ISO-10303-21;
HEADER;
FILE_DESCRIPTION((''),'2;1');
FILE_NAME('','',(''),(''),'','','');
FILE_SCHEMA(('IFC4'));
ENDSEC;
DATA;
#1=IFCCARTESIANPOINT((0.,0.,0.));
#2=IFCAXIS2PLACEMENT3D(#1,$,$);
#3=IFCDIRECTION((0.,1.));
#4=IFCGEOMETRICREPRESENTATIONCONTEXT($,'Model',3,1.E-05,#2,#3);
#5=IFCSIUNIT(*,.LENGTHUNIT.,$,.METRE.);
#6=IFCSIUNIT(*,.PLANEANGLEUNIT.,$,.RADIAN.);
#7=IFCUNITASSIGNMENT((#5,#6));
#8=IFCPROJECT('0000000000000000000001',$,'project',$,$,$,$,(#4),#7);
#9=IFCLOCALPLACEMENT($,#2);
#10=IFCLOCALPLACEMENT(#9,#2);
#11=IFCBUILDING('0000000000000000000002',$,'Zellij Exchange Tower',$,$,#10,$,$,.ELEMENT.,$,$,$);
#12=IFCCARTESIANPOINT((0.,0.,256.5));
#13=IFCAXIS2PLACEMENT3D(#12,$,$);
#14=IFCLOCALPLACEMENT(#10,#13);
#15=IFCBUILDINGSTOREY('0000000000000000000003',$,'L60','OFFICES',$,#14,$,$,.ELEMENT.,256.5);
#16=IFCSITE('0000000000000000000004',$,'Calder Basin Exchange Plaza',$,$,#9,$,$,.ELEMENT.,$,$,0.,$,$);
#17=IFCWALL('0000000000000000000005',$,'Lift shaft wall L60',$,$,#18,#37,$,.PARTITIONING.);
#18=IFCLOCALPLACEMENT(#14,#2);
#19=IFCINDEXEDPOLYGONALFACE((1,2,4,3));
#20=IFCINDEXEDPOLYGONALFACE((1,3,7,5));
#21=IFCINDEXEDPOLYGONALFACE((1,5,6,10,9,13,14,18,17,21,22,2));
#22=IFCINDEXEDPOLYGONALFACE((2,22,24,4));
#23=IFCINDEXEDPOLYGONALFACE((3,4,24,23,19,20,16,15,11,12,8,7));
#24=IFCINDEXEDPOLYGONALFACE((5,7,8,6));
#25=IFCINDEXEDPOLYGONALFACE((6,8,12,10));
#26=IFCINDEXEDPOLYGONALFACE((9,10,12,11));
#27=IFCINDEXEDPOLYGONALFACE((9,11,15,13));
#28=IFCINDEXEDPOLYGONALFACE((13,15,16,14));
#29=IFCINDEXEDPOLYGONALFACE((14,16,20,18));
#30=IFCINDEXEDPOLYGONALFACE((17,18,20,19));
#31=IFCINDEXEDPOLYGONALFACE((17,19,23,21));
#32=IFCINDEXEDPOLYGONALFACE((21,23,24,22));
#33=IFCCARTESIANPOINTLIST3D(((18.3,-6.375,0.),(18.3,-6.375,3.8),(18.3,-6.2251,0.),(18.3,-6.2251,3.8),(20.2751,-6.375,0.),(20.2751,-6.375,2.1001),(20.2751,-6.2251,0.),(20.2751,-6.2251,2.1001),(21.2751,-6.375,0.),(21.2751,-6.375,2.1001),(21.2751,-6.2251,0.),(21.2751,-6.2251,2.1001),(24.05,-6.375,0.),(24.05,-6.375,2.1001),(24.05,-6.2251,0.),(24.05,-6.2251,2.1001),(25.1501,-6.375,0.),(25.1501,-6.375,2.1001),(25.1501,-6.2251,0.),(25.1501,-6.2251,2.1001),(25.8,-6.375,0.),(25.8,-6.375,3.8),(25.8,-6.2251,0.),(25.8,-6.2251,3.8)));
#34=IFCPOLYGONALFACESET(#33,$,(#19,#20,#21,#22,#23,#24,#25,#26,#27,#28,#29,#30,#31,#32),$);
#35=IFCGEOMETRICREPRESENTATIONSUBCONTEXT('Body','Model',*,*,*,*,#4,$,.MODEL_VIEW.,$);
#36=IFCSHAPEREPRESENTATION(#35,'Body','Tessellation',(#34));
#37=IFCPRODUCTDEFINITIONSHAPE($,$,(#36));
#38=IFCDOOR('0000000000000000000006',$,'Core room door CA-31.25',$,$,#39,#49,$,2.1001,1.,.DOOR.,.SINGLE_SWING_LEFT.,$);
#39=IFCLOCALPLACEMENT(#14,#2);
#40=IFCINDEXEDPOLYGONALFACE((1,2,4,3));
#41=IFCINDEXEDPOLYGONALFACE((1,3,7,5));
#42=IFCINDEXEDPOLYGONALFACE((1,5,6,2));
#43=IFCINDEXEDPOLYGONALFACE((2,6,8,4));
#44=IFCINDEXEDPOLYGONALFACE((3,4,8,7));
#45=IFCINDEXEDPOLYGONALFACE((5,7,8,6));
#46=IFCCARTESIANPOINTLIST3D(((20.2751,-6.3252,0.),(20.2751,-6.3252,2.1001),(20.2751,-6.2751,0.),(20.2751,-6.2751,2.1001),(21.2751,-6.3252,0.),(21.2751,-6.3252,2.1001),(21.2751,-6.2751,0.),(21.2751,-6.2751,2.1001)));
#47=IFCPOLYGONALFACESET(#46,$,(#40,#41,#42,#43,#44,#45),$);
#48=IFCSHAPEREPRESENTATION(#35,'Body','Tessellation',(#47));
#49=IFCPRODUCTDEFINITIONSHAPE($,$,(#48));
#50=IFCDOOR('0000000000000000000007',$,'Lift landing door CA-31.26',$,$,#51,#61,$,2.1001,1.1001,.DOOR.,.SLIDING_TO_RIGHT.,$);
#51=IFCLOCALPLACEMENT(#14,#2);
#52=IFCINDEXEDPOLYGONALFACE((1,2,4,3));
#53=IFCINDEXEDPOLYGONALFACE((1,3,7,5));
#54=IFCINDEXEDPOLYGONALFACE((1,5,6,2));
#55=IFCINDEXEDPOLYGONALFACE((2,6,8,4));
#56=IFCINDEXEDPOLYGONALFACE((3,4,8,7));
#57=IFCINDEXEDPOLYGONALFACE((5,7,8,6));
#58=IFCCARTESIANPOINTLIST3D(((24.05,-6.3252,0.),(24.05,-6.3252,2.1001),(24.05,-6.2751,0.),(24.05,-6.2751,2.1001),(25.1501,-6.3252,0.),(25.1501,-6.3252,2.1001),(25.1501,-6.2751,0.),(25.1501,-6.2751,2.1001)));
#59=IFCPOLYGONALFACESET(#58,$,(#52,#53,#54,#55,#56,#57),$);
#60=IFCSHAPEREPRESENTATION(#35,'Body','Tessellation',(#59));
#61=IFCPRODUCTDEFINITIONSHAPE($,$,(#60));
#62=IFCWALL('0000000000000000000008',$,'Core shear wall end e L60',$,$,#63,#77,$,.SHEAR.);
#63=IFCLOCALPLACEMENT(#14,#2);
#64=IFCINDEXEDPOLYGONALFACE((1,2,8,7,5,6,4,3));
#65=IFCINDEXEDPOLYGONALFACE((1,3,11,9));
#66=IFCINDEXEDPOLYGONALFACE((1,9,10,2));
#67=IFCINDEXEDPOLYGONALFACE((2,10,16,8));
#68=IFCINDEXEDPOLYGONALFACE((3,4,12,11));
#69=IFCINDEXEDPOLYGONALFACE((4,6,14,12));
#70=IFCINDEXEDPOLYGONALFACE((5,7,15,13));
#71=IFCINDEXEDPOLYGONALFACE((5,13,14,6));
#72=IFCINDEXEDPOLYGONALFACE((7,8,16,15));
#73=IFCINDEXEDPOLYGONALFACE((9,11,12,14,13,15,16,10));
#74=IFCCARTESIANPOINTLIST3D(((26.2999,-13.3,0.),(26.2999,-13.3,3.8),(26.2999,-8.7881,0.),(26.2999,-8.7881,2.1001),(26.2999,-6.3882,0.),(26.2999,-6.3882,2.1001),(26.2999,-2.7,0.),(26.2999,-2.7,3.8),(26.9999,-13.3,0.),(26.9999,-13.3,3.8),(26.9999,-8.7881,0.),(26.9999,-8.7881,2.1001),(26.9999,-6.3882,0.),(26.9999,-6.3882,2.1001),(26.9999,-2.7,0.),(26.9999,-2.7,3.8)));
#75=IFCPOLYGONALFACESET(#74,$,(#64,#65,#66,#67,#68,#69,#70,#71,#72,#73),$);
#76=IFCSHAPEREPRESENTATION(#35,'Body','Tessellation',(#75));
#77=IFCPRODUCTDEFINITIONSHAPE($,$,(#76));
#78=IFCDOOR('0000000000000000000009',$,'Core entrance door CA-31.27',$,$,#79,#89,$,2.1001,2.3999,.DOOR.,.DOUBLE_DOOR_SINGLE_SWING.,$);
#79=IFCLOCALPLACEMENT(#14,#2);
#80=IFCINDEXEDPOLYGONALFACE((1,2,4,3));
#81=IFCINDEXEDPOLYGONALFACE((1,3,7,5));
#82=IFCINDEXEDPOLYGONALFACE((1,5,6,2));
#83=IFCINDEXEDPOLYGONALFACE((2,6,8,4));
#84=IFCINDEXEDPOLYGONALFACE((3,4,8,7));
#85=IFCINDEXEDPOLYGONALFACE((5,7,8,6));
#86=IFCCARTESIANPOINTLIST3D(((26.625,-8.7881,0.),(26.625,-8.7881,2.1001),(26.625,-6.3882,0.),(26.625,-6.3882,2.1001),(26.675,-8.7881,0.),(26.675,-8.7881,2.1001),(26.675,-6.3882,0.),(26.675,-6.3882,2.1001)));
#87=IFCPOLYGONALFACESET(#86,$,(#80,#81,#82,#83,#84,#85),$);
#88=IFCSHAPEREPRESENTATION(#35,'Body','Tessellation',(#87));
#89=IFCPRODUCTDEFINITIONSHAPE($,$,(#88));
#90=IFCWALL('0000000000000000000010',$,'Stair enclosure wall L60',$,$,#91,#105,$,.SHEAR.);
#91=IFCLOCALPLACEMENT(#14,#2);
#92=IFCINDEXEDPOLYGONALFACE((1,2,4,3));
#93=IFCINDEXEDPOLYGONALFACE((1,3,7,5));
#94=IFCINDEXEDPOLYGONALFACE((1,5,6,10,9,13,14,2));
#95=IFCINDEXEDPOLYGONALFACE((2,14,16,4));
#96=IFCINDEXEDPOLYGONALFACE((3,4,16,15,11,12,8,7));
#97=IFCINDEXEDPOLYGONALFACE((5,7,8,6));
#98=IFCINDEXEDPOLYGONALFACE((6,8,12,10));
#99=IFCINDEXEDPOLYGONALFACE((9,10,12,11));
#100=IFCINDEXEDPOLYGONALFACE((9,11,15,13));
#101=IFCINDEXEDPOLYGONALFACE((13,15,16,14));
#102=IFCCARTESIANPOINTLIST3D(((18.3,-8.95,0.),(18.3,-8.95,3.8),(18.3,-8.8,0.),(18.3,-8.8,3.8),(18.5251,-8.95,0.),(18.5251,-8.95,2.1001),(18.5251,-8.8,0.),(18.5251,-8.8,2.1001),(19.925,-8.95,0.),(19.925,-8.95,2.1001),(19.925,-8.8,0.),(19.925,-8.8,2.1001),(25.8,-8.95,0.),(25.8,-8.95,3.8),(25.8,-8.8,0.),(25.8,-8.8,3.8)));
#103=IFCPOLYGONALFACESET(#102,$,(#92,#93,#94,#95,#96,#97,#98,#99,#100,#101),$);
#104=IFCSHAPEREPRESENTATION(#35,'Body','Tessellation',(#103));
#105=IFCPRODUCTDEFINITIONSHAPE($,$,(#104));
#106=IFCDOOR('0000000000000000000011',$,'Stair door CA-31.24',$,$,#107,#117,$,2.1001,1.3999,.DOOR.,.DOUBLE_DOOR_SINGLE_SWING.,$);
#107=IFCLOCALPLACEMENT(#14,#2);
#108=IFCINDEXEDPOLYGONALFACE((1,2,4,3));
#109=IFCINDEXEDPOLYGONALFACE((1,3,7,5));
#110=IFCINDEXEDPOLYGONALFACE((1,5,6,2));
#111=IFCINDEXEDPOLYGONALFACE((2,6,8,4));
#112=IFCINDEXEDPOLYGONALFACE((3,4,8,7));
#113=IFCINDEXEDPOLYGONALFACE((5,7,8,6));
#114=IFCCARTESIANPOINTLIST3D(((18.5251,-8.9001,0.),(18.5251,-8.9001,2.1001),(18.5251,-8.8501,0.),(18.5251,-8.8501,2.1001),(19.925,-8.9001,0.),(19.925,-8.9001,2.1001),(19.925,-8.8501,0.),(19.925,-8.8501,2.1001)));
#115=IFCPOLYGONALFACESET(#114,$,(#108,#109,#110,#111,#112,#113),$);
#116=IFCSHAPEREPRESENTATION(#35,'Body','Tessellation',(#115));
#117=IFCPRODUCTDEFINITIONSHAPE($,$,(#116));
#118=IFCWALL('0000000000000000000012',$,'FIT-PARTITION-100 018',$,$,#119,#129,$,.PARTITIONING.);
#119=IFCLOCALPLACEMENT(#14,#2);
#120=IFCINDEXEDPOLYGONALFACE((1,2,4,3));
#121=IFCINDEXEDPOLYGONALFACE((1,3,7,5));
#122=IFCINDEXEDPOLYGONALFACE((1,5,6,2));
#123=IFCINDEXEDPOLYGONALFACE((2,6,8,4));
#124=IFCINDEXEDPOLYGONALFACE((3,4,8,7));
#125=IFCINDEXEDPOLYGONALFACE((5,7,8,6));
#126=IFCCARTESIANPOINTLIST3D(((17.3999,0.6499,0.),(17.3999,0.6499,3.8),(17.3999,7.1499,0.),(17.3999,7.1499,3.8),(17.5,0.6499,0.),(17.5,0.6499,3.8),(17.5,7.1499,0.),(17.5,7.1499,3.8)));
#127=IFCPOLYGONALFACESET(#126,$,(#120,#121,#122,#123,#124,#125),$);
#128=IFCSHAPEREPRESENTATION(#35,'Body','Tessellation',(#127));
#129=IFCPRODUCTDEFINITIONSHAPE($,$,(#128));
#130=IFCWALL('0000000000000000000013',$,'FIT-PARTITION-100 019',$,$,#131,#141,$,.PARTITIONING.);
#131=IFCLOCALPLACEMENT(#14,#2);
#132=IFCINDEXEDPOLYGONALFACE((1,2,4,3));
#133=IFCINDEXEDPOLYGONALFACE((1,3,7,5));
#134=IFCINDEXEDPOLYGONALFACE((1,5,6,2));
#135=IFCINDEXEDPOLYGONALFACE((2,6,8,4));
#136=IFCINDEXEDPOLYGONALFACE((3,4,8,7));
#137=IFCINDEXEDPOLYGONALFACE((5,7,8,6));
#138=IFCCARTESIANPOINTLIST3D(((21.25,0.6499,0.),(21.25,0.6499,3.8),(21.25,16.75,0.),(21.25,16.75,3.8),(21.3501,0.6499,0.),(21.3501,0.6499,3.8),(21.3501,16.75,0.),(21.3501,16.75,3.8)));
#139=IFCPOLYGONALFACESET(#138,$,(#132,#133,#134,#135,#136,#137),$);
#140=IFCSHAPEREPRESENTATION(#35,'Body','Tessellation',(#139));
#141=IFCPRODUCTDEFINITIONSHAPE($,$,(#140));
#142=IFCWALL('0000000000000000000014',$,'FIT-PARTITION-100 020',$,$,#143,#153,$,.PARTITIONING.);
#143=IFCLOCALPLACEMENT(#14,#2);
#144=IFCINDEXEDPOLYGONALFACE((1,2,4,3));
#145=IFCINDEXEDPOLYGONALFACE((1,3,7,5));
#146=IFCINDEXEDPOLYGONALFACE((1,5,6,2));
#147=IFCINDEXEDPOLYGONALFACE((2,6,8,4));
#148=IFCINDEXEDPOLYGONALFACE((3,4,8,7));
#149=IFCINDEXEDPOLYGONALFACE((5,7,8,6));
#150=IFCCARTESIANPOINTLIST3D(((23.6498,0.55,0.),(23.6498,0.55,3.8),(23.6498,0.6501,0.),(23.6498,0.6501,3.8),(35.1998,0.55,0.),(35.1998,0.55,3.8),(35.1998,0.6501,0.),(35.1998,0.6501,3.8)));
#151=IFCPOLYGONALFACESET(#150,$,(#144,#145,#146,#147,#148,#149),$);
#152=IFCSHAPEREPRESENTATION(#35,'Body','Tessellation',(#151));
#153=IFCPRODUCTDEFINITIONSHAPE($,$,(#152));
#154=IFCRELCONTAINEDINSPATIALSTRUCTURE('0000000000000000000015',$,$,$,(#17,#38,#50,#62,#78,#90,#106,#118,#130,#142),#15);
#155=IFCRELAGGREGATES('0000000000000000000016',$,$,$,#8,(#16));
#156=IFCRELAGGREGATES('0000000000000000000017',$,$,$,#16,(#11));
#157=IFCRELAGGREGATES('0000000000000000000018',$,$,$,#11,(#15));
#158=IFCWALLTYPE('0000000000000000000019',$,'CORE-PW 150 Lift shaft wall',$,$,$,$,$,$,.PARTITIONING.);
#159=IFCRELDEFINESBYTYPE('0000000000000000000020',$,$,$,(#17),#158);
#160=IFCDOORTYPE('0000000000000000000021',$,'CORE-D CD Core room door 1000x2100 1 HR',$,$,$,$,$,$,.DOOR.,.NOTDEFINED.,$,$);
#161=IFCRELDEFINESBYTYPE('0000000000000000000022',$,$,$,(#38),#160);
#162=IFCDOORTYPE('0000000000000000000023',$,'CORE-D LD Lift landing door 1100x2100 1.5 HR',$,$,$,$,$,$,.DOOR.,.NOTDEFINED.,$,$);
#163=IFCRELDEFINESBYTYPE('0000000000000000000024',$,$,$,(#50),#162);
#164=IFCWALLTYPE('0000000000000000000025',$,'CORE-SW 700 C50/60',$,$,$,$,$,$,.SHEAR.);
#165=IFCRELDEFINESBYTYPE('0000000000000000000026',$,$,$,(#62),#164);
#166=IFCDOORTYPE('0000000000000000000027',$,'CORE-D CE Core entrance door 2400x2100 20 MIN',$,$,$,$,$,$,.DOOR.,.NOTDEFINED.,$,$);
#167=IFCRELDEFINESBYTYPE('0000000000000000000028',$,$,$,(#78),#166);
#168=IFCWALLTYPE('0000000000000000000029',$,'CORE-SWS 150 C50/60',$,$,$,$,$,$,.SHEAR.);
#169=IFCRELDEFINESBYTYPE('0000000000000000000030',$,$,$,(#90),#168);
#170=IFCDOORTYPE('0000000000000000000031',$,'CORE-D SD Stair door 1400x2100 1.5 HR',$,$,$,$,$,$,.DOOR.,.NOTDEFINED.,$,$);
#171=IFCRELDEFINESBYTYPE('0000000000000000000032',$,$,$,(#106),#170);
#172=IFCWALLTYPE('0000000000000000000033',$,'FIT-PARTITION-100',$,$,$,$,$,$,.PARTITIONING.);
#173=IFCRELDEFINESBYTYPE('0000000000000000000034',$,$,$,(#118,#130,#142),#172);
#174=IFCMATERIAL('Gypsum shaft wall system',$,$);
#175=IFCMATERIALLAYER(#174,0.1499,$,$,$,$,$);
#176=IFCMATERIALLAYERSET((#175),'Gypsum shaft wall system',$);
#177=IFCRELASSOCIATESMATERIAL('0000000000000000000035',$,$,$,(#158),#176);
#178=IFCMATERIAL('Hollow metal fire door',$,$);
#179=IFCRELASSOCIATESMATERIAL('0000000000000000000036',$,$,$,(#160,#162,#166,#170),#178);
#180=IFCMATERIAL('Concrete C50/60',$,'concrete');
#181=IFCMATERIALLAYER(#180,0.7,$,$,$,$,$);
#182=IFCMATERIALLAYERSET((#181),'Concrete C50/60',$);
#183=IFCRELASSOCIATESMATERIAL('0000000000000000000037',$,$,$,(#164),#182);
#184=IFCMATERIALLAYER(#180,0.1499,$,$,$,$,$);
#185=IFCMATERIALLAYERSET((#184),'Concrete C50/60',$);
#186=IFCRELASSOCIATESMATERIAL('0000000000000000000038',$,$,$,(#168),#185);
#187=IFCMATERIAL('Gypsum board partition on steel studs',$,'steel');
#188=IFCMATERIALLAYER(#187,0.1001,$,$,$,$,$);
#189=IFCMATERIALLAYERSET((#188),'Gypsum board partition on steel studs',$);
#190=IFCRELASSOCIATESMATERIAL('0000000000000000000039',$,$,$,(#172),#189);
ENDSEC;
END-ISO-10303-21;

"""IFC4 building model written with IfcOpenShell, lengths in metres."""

from ifc_helpers import new_model, si_unit, direction, frame, frame_2d, origin, place, context, subcontext, project, spatial, rectangle, extrude, material, layer, layer_set, type_object, element, fill, save


model = new_model("IFC4")

# Units and contexts
model_context = context("Model", 3, precision=1e-05, world=origin(), true_north=direction((0.0, 1.0)))
body_context = subcontext(model_context, "Body", "Model", "MODEL_VIEW")
ifc_project = project(units=[si_unit("LENGTHUNIT", "METRE"), si_unit("PLANEANGLEUNIT", "RADIAN")], contexts=[model_context])

# Site, building, storey
site_placement = place(None, origin())
site = spatial("IfcSite", under=ifc_project, at=site_placement, Name="Calder Basin Exchange Plaza", CompositionType="ELEMENT", RefElevation=0.0)
building_placement = place(site_placement, origin())
building = spatial("IfcBuilding", under=site, at=building_placement, Name="Zellij Exchange Tower", CompositionType="ELEMENT")
storey_placement = place(building_placement, frame((0.0, 0.0, 256.5)))
storey = spatial("IfcBuildingStorey", under=building, at=storey_placement, Name="L60", Description="OFFICES", CompositionType="ELEMENT", Elevation=256.5)

# Shared definitions
ifc_material_1 = material(Name="Concrete C50/60", Category="concrete")
ifc_material_2 = material(Name="Gypsum shaft wall system")
ifc_layer_1 = layer(ifc_material_2, 0.1499)
ifc_layer_set_1 = layer_set([ifc_layer_1], Name="Gypsum shaft wall system")
wall_type_1 = type_object("IfcWallType", Name="CORE-PW 150 Lift shaft wall", PredefinedType="PARTITIONING", material=ifc_layer_set_1)

# Wall, openings, doors
wall_1_placement = place(storey_placement, frame((18.3, -6.3, 0.0), z_axis=(0.0, 0.0, 1.0), x_axis=(1.0, 0.0, 0.0)))
wall_1 = element("IfcWall", 1, at=wall_1_placement, inside=storey, type_object=wall_type_1, Name="Lift shaft wall L60", PredefinedType="PARTITIONING", context=body_context, shape_type="SweptSolid", body=[
    extrude(rectangle(XDim=7.5, YDim=0.1499, at=frame_2d((3.75, 0.0))), origin(), (0.0, 0.0, 1.0), 3.8),
])
opening_1_placement = place(wall_1_placement, frame((1.9751, 0.0, 0.0)))
opening_1 = element("IfcOpeningElement", 2, at=opening_1_placement, cuts=wall_1, PredefinedType="OPENING", context=body_context, shape_type="SweptSolid", body=[
    extrude(rectangle(XDim=1.0, YDim=2.1001, at=frame_2d((0.5, 1.05))), frame((0.0, 0.0869, 0.0), z_axis=(0.0, -1.0, 0.0), x_axis=(1.0, 0.0, 0.0)), (0.0, 0.0, 1.0), 0.1738),
])
opening_2_placement = place(wall_1_placement, frame((5.75, 0.0, 0.0)))
opening_2 = element("IfcOpeningElement", 3, at=opening_2_placement, cuts=wall_1, PredefinedType="OPENING", context=body_context, shape_type="SweptSolid", body=[
    extrude(rectangle(XDim=1.1001, YDim=2.1001, at=frame_2d((0.55, 1.05))), frame((0.0, 0.0869, 0.0), z_axis=(0.0, -1.0, 0.0), x_axis=(1.0, 0.0, 0.0)), (0.0, 0.0, 1.0), 0.1738),
])
ifc_material_3 = material(Name="Hollow metal fire door")
door_type_1 = type_object("IfcDoorType", Name="CORE-D CD Core room door 1000x2100 1 HR", OperationType="NOTDEFINED", PredefinedType="DOOR", material=ifc_material_3)
door_1_placement = place(opening_1_placement, origin())
door_1 = element("IfcDoor", 4, at=door_1_placement, inside=storey, type_object=door_type_1, Name="Core room door CA-31.25", OperationType="SINGLE_SWING_LEFT", OverallHeight=2.1001, OverallWidth=1.0, PredefinedType="DOOR", context=body_context, shape_type="SweptSolid", body=[
    extrude(rectangle(XDim=1.0, YDim=2.1001, at=frame_2d((0.5, 1.05))), frame((0.0, 0.0249, 0.0), z_axis=(0.0, -1.0, 0.0), x_axis=(1.0, 0.0, 0.0)), (0.0, 0.0, 1.0), 0.05),
])
fill(opening_1, door_1)
door_type_2 = type_object("IfcDoorType", Name="CORE-D LD Lift landing door 1100x2100 1.5 HR", OperationType="NOTDEFINED", PredefinedType="DOOR", material=ifc_material_3)
door_2_placement = place(opening_2_placement, origin())
door_2 = element("IfcDoor", 5, at=door_2_placement, inside=storey, type_object=door_type_2, Name="Lift landing door CA-31.26", OperationType="SLIDING_TO_RIGHT", OverallHeight=2.1001, OverallWidth=1.1001, PredefinedType="DOOR", context=body_context, shape_type="SweptSolid", body=[
    extrude(rectangle(XDim=1.1001, YDim=2.1001, at=frame_2d((0.55, 1.05))), frame((0.0, 0.0249, 0.0), z_axis=(0.0, -1.0, 0.0), x_axis=(1.0, 0.0, 0.0)), (0.0, 0.0, 1.0), 0.05),
])
fill(opening_2, door_2)

# Walls, openings, doors
ifc_layer_2 = layer(ifc_material_1, 0.7)
ifc_layer_set_2 = layer_set([ifc_layer_2], Name="Concrete C50/60")
wall_type_2 = type_object("IfcWallType", Name="CORE-SW 700 C50/60", PredefinedType="SHEAR", material=ifc_layer_set_2)
wall_2_placement = place(storey_placement, frame((26.6499, -13.3, 0.0), z_axis=(0.0, 0.0, 1.0), x_axis=(0.0, 1.0, 0.0)))
wall_2 = element("IfcWall", 6, at=wall_2_placement, inside=storey, type_object=wall_type_2, Name="Core shear wall end e L60", PredefinedType="SHEAR", context=body_context, shape_type="SweptSolid", body=[
    extrude(rectangle(XDim=10.6001, YDim=0.7, at=frame_2d((5.3, 0.0))), origin(), (0.0, 0.0, 1.0), 3.8),
])
opening_3_placement = place(wall_2_placement, frame((4.512, 0.0, 0.0)))
opening_3 = element("IfcOpeningElement", 7, at=opening_3_placement, cuts=wall_2, PredefinedType="OPENING", context=body_context, shape_type="SweptSolid", body=[
    extrude(rectangle(XDim=2.3999, YDim=2.1001, at=frame_2d((1.2, 1.05))), frame((0.0, 0.3618, 0.0), z_axis=(0.0, -1.0, 0.0), x_axis=(1.0, 0.0, 0.0)), (0.0, 0.0, 1.0), 0.7239),
])
door_type_3 = type_object("IfcDoorType", Name="CORE-D CE Core entrance door 2400x2100 20 MIN", OperationType="NOTDEFINED", PredefinedType="DOOR", material=ifc_material_3)
door_3_placement = place(opening_3_placement, origin())
door_3 = element("IfcDoor", 8, at=door_3_placement, inside=storey, type_object=door_type_3, Name="Core entrance door CA-31.27", OperationType="DOUBLE_DOOR_SINGLE_SWING", OverallHeight=2.1001, OverallWidth=2.3999, PredefinedType="DOOR", context=body_context, shape_type="SweptSolid", body=[
    extrude(rectangle(XDim=2.3999, YDim=2.1001, at=frame_2d((1.2, 1.05))), frame((0.0, 0.0249, 0.0), z_axis=(0.0, -1.0, 0.0), x_axis=(1.0, 0.0, 0.0)), (0.0, 0.0, 1.0), 0.05),
])
fill(opening_3, door_3)
ifc_layer_3 = layer(ifc_material_1, 0.1499)
ifc_layer_set_3 = layer_set([ifc_layer_3], Name="Concrete C50/60")
wall_type_3 = type_object("IfcWallType", Name="CORE-SWS 150 C50/60", PredefinedType="SHEAR", material=ifc_layer_set_3)
wall_3_placement = place(storey_placement, frame((18.3, -8.875, 0.0), z_axis=(0.0, 0.0, 1.0), x_axis=(1.0, 0.0, 0.0)))
wall_3 = element("IfcWall", 9, at=wall_3_placement, inside=storey, type_object=wall_type_3, Name="Stair enclosure wall L60", PredefinedType="SHEAR", context=body_context, shape_type="SweptSolid", body=[
    extrude(rectangle(XDim=7.5, YDim=0.1499, at=frame_2d((3.75, 0.0))), origin(), (0.0, 0.0, 1.0), 3.8),
])
opening_4_placement = place(wall_3_placement, frame((0.2251, 0.0, 0.0)))
opening_4 = element("IfcOpeningElement", 10, at=opening_4_placement, cuts=wall_3, PredefinedType="OPENING", context=body_context, shape_type="SweptSolid", body=[
    extrude(rectangle(XDim=1.3999, YDim=2.1001, at=frame_2d((0.7, 1.05))), frame((0.0, 0.0869, 0.0), z_axis=(0.0, -1.0, 0.0), x_axis=(1.0, 0.0, 0.0)), (0.0, 0.0, 1.0), 0.1738),
])
door_type_4 = type_object("IfcDoorType", Name="CORE-D SD Stair door 1400x2100 1.5 HR", OperationType="NOTDEFINED", PredefinedType="DOOR", material=ifc_material_3)
door_4_placement = place(opening_4_placement, origin())
door_4 = element("IfcDoor", 11, at=door_4_placement, inside=storey, type_object=door_type_4, Name="Stair door CA-31.24", OperationType="DOUBLE_DOOR_SINGLE_SWING", OverallHeight=2.1001, OverallWidth=1.3999, PredefinedType="DOOR", context=body_context, shape_type="SweptSolid", body=[
    extrude(rectangle(XDim=1.3999, YDim=2.1001, at=frame_2d((0.7, 1.05))), frame((0.0, 0.0249, 0.0), z_axis=(0.0, -1.0, 0.0), x_axis=(1.0, 0.0, 0.0)), (0.0, 0.0, 1.0), 0.05),
])
fill(opening_4, door_4)

# Walls
ifc_material_4 = material(Name="Gypsum board partition on steel studs", Category="steel")
ifc_layer_4 = layer(ifc_material_4, 0.1001)
ifc_layer_set_4 = layer_set([ifc_layer_4], Name="Gypsum board partition on steel studs")
wall_type_4 = type_object("IfcWallType", Name="FIT-PARTITION-100", PredefinedType="PARTITIONING", material=ifc_layer_set_4)
wall_4_placement = place(storey_placement, frame((17.45, 0.6499, 0.0), z_axis=(0.0, 0.0, 1.0), x_axis=(0.0, 1.0, 0.0)))
element("IfcWall", 12, at=wall_4_placement, inside=storey, type_object=wall_type_4, Name="FIT-PARTITION-100 018", PredefinedType="PARTITIONING", context=body_context, shape_type="SweptSolid", body=[
    extrude(rectangle(XDim=6.5, YDim=0.1001, at=frame_2d((3.25, 0.0))), origin(), (0.0, 0.0, 1.0), 3.8),
])
wall_5_placement = place(storey_placement, frame((21.3, 0.6499, 0.0), z_axis=(0.0, 0.0, 1.0), x_axis=(0.0, 1.0, 0.0)))
element("IfcWall", 13, at=wall_5_placement, inside=storey, type_object=wall_type_4, Name="FIT-PARTITION-100 019", PredefinedType="PARTITIONING", context=body_context, shape_type="SweptSolid", body=[
    extrude(rectangle(XDim=16.1001, YDim=0.1001, at=frame_2d((8.05, 0.0))), origin(), (0.0, 0.0, 1.0), 3.8),
])
wall_6_placement = place(storey_placement, frame((23.6499, 0.6001, 0.0), z_axis=(0.0, 0.0, 1.0), x_axis=(1.0, 0.0, 0.0)))
element("IfcWall", 14, at=wall_6_placement, inside=storey, type_object=wall_type_4, Name="FIT-PARTITION-100 020", PredefinedType="PARTITIONING", context=body_context, shape_type="SweptSolid", body=[
    extrude(rectangle(XDim=11.55, YDim=0.1001, at=frame_2d((5.7749, 0.0))), origin(), (0.0, 0.0, 1.0), 3.8),
])

save(model, "model.ifc")
